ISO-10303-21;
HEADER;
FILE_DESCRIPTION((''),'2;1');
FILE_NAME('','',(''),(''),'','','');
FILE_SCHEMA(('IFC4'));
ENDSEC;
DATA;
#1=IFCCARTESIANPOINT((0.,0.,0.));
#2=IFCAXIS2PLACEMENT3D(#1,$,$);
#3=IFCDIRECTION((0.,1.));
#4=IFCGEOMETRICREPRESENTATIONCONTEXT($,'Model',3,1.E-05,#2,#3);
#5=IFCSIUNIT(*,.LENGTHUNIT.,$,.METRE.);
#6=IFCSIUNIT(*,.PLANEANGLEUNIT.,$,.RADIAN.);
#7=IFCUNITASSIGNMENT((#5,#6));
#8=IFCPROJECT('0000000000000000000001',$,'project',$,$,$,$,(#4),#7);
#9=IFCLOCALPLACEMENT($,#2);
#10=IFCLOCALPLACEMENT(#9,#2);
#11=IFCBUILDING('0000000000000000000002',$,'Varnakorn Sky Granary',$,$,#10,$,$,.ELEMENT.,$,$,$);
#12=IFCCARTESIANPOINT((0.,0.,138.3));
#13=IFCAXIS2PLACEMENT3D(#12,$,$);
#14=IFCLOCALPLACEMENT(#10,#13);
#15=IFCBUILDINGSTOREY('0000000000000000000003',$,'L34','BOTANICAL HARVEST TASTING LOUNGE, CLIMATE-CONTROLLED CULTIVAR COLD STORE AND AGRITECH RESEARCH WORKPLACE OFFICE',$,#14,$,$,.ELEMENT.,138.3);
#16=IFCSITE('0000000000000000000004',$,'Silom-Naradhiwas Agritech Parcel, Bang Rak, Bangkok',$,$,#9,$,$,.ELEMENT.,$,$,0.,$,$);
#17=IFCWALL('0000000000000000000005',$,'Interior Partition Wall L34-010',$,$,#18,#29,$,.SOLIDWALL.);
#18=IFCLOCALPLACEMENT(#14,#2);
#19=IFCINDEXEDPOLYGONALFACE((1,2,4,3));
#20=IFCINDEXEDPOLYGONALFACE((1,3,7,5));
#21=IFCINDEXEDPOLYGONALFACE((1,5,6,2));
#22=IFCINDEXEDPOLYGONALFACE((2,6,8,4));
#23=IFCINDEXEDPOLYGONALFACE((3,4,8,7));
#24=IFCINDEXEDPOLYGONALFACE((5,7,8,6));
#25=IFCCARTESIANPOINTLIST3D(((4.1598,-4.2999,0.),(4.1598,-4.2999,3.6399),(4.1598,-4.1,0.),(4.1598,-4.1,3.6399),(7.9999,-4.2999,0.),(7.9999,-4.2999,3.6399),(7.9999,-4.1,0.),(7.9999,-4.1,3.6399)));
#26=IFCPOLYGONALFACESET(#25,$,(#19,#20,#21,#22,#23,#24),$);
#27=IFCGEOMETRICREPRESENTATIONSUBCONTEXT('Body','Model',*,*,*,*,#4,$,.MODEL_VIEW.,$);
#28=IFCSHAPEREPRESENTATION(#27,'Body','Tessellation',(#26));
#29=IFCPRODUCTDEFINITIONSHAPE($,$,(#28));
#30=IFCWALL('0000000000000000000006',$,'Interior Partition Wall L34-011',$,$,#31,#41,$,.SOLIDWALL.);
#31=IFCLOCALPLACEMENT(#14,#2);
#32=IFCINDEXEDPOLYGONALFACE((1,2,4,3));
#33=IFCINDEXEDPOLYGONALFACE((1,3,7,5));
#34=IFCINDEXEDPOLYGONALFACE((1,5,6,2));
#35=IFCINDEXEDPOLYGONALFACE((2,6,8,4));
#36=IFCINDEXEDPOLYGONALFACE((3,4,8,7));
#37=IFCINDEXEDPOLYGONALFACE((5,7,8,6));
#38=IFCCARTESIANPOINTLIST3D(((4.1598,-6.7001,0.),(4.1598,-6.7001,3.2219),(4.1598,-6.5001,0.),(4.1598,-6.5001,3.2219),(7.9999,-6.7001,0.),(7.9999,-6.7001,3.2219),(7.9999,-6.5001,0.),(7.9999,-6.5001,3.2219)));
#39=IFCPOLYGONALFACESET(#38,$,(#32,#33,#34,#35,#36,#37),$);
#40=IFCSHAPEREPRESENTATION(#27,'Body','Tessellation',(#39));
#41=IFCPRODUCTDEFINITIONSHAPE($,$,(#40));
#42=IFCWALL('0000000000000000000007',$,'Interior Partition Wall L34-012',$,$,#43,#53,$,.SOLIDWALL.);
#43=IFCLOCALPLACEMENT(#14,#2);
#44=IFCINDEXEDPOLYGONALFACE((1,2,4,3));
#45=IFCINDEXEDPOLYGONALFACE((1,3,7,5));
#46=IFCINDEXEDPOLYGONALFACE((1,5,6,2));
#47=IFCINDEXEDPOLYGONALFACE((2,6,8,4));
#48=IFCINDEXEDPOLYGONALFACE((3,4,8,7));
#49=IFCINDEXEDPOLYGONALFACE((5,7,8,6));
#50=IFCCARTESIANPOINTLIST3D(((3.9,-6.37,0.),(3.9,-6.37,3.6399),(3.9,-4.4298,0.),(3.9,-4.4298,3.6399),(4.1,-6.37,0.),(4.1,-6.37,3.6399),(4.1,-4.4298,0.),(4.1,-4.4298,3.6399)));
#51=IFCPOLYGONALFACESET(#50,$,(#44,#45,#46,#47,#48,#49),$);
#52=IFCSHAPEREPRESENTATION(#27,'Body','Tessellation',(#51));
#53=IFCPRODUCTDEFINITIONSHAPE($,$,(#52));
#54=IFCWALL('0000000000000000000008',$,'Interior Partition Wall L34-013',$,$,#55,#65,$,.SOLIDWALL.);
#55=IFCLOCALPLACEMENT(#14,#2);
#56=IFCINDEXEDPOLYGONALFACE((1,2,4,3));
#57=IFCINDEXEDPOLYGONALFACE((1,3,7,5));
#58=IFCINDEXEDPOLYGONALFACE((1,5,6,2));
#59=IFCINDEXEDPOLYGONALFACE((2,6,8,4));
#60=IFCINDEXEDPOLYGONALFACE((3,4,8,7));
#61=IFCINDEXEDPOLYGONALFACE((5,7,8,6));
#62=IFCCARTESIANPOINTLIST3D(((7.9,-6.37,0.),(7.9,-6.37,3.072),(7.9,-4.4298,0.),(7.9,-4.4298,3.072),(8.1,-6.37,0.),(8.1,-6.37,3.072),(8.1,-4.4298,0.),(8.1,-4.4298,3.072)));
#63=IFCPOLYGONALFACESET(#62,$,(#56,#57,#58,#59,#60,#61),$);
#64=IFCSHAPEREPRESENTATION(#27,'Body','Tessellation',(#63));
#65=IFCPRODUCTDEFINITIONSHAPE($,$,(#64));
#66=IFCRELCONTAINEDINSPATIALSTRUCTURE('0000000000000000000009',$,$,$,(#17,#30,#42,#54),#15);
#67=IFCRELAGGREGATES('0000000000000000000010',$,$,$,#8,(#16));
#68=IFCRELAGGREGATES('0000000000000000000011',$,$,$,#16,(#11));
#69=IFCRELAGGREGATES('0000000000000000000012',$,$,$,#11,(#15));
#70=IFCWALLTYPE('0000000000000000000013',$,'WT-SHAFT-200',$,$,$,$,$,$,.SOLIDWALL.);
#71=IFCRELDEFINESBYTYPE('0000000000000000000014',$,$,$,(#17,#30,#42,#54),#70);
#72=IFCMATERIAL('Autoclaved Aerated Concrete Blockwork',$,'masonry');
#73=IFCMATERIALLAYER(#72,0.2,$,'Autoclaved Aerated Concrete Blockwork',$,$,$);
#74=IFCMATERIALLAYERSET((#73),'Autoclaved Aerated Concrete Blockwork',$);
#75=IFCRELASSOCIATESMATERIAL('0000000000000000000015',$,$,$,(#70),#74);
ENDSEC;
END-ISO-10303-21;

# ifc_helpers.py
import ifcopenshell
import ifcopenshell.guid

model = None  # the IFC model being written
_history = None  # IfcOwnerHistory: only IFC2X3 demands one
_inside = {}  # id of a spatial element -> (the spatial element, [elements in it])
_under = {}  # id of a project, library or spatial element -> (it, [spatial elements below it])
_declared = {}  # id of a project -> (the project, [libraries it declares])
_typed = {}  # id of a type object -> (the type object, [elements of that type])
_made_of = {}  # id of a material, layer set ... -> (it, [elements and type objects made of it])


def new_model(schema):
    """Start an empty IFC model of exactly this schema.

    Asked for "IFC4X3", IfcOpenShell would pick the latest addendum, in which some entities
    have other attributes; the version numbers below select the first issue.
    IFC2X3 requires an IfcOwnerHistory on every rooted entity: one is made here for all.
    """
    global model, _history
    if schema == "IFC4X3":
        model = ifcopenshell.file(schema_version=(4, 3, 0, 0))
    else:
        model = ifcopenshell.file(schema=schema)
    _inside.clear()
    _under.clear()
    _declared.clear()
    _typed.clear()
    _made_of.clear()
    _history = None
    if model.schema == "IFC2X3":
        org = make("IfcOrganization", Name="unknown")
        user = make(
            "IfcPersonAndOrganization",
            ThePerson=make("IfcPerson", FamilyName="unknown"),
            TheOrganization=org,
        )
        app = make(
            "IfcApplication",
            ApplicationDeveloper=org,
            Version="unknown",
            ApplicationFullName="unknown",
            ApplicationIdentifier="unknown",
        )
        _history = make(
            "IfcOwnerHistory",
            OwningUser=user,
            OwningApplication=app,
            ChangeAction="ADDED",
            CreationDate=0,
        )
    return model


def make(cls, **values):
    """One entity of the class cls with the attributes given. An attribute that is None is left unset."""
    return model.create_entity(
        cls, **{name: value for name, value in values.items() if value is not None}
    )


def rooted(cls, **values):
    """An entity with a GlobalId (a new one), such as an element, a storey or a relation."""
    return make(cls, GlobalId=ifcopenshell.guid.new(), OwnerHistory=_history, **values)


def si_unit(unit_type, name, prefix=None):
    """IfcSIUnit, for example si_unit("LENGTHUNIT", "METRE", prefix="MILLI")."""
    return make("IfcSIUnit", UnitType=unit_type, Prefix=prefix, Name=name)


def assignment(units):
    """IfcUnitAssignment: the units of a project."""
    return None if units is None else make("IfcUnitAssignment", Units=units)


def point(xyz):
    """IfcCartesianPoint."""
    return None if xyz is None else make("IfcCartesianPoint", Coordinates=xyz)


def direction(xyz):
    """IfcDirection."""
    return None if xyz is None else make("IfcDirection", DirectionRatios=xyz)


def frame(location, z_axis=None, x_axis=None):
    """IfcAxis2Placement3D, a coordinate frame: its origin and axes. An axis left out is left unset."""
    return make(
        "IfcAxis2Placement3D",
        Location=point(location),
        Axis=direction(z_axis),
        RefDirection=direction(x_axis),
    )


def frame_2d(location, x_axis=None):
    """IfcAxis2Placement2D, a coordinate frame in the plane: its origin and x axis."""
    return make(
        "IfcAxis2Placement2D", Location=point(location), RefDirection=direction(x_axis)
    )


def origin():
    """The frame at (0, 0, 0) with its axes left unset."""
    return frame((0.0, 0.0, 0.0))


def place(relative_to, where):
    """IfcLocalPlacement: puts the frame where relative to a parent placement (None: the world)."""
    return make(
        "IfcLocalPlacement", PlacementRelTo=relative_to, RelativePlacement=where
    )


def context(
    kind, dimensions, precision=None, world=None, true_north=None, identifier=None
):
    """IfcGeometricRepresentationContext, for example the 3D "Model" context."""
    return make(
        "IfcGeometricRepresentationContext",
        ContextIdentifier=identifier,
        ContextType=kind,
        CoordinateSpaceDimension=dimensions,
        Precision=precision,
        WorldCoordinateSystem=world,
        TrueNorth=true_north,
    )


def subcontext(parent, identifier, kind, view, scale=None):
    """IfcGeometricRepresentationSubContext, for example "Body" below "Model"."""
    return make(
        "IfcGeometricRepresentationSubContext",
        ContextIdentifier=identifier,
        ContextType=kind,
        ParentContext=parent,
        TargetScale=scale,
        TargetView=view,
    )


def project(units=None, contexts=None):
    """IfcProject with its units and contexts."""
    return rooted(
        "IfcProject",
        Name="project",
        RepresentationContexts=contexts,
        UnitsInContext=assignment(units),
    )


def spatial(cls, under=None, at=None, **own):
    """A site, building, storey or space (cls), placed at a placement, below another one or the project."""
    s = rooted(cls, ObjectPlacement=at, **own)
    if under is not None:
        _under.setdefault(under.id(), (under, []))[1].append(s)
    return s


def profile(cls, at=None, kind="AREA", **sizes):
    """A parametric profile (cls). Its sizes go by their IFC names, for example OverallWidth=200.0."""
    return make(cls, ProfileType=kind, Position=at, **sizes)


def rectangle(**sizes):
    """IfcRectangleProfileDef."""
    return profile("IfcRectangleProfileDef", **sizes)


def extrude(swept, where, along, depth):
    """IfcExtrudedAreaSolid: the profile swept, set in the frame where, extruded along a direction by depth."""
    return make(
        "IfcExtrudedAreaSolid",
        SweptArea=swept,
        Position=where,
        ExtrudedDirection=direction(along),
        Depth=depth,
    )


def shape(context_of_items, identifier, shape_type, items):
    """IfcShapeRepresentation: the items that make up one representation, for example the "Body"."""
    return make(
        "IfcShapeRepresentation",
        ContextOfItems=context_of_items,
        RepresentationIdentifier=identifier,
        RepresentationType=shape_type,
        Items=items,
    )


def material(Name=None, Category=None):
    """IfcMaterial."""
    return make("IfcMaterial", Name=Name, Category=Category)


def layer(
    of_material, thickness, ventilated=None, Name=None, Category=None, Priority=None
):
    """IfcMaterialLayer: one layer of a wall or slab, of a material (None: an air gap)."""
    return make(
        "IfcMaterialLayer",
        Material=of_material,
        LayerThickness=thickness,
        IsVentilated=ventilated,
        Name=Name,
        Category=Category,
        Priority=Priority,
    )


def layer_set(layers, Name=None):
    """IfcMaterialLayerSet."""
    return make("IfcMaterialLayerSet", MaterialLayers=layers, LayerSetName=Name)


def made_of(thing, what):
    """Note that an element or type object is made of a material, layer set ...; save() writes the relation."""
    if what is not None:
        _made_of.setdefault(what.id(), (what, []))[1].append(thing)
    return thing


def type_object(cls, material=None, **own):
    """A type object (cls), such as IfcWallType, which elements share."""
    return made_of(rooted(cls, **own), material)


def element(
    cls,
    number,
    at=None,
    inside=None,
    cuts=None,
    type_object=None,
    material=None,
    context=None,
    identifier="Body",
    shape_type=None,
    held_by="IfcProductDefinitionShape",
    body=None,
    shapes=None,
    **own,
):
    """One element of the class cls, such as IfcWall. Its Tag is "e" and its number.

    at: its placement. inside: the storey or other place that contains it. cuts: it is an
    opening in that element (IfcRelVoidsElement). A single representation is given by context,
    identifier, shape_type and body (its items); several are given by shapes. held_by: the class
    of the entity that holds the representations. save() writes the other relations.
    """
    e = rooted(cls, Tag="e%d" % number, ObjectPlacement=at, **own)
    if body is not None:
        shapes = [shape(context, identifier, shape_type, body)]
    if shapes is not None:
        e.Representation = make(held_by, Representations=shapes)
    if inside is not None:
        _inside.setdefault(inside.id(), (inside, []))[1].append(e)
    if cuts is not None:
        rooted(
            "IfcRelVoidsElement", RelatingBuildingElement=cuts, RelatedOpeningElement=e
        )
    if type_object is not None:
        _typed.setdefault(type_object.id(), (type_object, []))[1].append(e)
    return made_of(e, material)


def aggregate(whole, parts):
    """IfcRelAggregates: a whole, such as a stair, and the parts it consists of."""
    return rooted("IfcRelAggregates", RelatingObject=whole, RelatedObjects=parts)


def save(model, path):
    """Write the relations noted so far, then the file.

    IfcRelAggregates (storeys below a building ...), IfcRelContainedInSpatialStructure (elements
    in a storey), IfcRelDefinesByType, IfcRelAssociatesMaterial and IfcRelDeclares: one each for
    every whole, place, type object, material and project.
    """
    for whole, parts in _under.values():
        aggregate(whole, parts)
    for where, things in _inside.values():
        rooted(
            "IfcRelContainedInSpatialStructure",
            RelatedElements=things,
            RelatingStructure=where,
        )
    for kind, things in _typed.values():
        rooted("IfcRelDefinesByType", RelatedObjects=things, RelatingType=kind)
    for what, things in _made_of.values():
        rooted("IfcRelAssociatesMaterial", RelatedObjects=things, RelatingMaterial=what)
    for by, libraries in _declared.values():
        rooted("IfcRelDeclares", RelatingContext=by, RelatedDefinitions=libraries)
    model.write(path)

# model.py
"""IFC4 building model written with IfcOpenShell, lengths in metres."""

from ifc_helpers import new_model, si_unit, direction, frame, frame_2d, origin, place, context, subcontext, project, spatial, rectangle, extrude, material, layer, layer_set, type_object, element, save


model = new_model("IFC4")

# Units and contexts
model_context = context("Model", 3, precision=1e-05, world=origin(), true_north=direction((0.0, 1.0)))
body_context = subcontext(model_context, "Body", "Model", "MODEL_VIEW")
ifc_project = project(units=[si_unit("LENGTHUNIT", "METRE"), si_unit("PLANEANGLEUNIT", "RADIAN")], contexts=[model_context])

# Site, building, storey
site_placement = place(None, origin())
site = spatial("IfcSite", under=ifc_project, at=site_placement, Name="Silom-Naradhiwas Agritech Parcel, Bang Rak, Bangkok", CompositionType="ELEMENT", RefElevation=0.0)
building_placement = place(site_placement, origin())
building = spatial("IfcBuilding", under=site, at=building_placement, Name="Varnakorn Sky Granary", CompositionType="ELEMENT")
storey_placement = place(building_placement, frame((0.0, 0.0, 138.3)))
storey = spatial("IfcBuildingStorey", under=building, at=storey_placement, Name="L34", Description="BOTANICAL HARVEST TASTING LOUNGE, CLIMATE-CONTROLLED CULTIVAR COLD STORE AND AGRITECH RESEARCH WORKPLACE OFFICE", CompositionType="ELEMENT", Elevation=138.3)

# Shared definitions
ifc_material_1 = material(Name="Autoclaved Aerated Concrete Blockwork", Category="masonry")

# Walls
ifc_layer_1 = layer(ifc_material_1, 0.2, Name="Autoclaved Aerated Concrete Blockwork")
ifc_layer_set_1 = layer_set([ifc_layer_1], Name="Autoclaved Aerated Concrete Blockwork")
wall_type_1 = type_object("IfcWallType", Name="WT-SHAFT-200", PredefinedType="SOLIDWALL", material=ifc_layer_set_1)
wall_1_placement = place(storey_placement, frame((4.1599, -4.2, 0.0), z_axis=(0.0, 0.0, 1.0), x_axis=(1.0, 0.0, 0.0)))
element("IfcWall", 1, at=wall_1_placement, inside=storey, type_object=wall_type_1, Name="Interior Partition Wall L34-010", PredefinedType="SOLIDWALL", context=body_context, shape_type="SweptSolid", body=[
    extrude(rectangle(XDim=3.8401, YDim=0.2, at=frame_2d((1.9199, 0.0))), origin(), (0.0, 0.0, 1.0), 3.6399),
])
wall_2_placement = place(storey_placement, frame((4.1599, -6.6001, 0.0), z_axis=(0.0, 0.0, 1.0), x_axis=(1.0, 0.0, 0.0)))
element("IfcWall", 2, at=wall_2_placement, inside=storey, type_object=wall_type_1, Name="Interior Partition Wall L34-011", PredefinedType="SOLIDWALL", context=body_context, shape_type="SweptSolid", body=[
    extrude(rectangle(XDim=3.8401, YDim=0.2, at=frame_2d((1.9199, 0.0))), origin(), (0.0, 0.0, 1.0), 3.2219),
])
wall_3_placement = place(storey_placement, frame((4.0, -6.3701, 0.0), z_axis=(0.0, 0.0, 1.0), x_axis=(0.0, 1.0, 0.0)))
element("IfcWall", 3, at=wall_3_placement, inside=storey, type_object=wall_type_1, Name="Interior Partition Wall L34-012", PredefinedType="SOLIDWALL", context=body_context, shape_type="SweptSolid", body=[
    extrude(rectangle(XDim=1.9402, YDim=0.2, at=frame_2d((0.9702, 0.0))), origin(), (0.0, 0.0, 1.0), 3.6399),
])
wall_4_placement = place(storey_placement, frame((8.0, -6.3701, 0.0), z_axis=(0.0, 0.0, 1.0), x_axis=(0.0, 1.0, 0.0)))
element("IfcWall", 4, at=wall_4_placement, inside=storey, type_object=wall_type_1, Name="Interior Partition Wall L34-013", PredefinedType="SOLIDWALL", context=body_context, shape_type="SweptSolid", body=[
    extrude(rectangle(XDim=1.9402, YDim=0.2, at=frame_2d((0.9702, 0.0))), origin(), (0.0, 0.0, 1.0), 3.072),
])

save(model, "model.ifc")
